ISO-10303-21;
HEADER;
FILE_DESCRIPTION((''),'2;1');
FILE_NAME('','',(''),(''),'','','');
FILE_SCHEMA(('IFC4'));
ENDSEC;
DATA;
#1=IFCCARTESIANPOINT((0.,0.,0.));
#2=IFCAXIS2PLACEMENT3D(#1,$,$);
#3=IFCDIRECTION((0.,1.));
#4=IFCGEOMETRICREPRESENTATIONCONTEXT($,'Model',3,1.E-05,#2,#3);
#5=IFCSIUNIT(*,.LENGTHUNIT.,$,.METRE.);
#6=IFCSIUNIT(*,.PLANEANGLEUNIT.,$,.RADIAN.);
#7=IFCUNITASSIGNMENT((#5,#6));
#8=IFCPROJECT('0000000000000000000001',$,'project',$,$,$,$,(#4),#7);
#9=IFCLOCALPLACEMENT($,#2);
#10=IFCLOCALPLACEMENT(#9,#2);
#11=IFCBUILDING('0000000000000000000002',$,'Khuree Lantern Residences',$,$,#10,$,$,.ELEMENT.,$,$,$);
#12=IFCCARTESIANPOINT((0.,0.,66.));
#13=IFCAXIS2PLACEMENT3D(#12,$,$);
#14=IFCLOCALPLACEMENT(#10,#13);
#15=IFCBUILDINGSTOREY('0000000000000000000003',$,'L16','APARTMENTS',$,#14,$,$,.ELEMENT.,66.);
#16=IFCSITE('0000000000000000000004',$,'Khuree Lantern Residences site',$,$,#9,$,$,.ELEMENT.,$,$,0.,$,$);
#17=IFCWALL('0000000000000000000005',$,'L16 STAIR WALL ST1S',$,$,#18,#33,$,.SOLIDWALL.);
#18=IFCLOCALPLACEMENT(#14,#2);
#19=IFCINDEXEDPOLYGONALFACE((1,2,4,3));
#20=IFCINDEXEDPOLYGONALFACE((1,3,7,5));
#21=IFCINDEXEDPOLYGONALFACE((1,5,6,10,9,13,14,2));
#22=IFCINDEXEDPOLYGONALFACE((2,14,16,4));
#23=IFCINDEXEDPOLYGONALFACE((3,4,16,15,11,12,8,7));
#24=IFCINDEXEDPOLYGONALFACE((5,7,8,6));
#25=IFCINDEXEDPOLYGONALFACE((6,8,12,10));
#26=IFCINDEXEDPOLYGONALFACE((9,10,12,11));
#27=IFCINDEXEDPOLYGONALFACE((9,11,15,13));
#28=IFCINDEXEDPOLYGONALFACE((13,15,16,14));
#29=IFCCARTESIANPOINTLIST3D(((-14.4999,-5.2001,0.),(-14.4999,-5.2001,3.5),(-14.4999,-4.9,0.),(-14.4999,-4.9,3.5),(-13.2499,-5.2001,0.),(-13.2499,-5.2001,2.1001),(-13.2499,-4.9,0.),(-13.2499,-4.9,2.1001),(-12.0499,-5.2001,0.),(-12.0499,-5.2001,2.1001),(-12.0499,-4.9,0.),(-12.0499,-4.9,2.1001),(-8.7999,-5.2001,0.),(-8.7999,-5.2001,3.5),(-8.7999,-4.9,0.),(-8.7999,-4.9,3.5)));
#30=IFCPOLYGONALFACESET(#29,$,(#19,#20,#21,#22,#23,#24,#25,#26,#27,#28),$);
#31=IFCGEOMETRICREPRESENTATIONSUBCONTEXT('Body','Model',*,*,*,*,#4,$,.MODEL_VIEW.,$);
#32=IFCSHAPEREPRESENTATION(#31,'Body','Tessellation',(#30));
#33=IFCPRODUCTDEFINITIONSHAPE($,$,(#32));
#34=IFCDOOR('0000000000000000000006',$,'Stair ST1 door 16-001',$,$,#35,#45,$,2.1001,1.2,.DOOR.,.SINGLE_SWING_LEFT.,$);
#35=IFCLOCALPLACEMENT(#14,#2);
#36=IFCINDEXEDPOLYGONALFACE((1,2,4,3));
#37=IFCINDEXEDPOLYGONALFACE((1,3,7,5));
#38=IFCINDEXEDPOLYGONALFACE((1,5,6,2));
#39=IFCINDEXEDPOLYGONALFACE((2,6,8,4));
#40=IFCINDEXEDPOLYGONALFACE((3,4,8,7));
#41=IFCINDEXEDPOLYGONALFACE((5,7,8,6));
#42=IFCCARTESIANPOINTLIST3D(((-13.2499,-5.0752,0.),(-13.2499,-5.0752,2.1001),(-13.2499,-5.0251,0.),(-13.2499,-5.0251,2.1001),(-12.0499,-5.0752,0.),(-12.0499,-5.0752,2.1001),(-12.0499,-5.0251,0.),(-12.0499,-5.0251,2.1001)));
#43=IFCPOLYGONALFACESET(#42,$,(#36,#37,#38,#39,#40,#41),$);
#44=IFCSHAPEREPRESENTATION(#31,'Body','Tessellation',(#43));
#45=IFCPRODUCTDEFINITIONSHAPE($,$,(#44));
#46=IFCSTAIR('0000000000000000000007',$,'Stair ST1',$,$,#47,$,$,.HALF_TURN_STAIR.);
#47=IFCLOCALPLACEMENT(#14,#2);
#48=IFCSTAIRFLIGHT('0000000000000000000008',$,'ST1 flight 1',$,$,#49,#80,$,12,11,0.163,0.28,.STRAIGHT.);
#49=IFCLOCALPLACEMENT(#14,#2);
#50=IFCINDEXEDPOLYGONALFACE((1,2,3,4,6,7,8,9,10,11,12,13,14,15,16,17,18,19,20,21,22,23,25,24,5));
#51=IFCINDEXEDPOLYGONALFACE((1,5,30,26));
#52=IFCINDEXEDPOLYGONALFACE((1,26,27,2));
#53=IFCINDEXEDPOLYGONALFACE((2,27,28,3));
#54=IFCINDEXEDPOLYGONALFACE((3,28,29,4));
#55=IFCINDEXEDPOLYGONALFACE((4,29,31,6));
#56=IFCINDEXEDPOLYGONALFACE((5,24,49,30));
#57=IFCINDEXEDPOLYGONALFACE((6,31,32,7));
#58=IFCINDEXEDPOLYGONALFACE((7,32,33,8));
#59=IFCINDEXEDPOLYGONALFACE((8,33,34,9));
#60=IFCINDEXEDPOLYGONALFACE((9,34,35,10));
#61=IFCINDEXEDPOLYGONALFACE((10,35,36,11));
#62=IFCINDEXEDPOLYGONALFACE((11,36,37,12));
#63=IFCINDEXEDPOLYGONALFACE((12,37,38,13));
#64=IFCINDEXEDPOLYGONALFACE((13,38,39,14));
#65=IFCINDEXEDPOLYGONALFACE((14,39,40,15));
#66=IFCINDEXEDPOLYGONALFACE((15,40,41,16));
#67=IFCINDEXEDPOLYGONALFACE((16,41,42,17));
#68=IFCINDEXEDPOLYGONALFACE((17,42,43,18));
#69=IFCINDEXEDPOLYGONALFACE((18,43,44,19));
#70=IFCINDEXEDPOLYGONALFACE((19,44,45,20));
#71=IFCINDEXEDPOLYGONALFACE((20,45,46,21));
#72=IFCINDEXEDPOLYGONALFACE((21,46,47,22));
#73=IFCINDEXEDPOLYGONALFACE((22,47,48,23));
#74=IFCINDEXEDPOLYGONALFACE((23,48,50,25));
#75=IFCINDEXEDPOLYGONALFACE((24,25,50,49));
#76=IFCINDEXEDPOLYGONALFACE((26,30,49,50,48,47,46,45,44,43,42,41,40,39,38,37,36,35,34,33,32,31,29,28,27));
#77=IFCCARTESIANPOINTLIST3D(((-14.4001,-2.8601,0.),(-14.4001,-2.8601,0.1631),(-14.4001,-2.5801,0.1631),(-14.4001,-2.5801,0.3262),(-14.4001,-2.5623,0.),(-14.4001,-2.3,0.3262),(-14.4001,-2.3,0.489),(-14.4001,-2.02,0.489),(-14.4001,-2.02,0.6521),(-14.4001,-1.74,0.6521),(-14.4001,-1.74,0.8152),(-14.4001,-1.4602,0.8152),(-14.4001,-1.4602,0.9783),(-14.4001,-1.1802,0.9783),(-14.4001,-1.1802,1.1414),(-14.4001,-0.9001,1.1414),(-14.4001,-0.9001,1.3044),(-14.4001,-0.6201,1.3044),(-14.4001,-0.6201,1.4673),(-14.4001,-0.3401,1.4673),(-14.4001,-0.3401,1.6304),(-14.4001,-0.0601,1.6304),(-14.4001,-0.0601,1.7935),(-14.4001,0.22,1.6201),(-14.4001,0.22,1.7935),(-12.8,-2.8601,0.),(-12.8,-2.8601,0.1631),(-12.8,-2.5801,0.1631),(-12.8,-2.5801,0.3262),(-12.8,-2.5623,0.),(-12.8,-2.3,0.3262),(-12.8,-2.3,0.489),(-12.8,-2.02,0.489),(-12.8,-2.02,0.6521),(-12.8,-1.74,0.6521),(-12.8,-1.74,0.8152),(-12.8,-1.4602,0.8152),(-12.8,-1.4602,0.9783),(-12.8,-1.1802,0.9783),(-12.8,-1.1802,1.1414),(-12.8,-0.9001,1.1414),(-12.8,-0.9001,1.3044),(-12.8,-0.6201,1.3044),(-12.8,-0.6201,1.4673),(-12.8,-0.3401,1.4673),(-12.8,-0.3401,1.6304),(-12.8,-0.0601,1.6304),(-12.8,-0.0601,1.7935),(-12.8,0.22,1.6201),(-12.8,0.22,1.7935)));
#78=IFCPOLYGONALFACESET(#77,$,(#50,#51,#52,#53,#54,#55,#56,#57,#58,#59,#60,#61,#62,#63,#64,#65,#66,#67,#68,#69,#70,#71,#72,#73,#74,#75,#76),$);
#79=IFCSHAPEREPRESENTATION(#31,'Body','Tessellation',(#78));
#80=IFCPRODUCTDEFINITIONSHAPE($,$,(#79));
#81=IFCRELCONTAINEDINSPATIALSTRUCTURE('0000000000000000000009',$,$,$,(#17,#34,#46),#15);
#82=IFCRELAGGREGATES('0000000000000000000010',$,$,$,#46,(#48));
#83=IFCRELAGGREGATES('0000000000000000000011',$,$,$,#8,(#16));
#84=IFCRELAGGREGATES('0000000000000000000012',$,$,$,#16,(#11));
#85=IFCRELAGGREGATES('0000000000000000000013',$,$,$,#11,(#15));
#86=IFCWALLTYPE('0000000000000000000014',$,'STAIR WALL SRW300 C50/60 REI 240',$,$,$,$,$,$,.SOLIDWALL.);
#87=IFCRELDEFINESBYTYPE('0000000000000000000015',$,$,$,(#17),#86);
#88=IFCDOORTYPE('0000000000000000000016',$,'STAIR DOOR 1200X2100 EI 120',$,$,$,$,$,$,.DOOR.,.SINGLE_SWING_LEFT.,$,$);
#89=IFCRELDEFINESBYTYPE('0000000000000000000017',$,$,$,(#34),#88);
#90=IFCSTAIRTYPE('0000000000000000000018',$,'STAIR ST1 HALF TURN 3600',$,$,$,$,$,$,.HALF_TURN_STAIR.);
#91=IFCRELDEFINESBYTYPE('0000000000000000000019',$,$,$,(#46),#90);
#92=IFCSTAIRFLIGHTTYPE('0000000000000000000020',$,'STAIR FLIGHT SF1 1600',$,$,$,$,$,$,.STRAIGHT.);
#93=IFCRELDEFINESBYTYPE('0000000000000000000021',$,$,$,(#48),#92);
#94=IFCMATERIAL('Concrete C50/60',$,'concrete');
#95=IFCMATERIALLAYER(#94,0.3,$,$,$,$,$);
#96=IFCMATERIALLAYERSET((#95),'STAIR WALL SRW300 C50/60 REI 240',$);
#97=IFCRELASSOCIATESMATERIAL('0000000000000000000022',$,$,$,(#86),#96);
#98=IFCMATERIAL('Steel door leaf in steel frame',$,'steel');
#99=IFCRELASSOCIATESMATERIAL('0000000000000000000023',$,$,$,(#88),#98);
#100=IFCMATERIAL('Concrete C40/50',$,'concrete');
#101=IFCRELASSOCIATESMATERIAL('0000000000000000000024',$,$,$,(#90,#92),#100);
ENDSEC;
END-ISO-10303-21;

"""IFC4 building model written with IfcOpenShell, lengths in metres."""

from ifc_helpers import new_model, si_unit, direction, frame, frame_2d, origin, place, context, subcontext, project, spatial, polyline, rectangle, outline, extrude, material, layer, layer_set, type_object, element, fill, aggregate, save


model = new_model("IFC4")

# Units and contexts
model_context = context("Model", 3, precision=1e-05, world=origin(), true_north=direction((0.0, 1.0)))
body_context = subcontext(model_context, "Body", "Model", "MODEL_VIEW")
ifc_project = project(units=[si_unit("LENGTHUNIT", "METRE"), si_unit("PLANEANGLEUNIT", "RADIAN")], contexts=[model_context])

# Site, building, storey
site_placement = place(None, origin())
site = spatial("IfcSite", under=ifc_project, at=site_placement, Name="Khuree Lantern Residences site", CompositionType="ELEMENT", RefElevation=0.0)
building_placement = place(site_placement, origin())
building = spatial("IfcBuilding", under=site, at=building_placement, Name="Khuree Lantern Residences", CompositionType="ELEMENT")
storey_placement = place(building_placement, frame((0.0, 0.0, 66.0)))
storey = spatial("IfcBuildingStorey", under=building, at=storey_placement, Name="L16", Description="APARTMENTS", CompositionType="ELEMENT", Elevation=66.0)

# Shared definitions
ifc_material_1 = material(Name="Steel door leaf in steel frame", Category="steel")

# Shared definitions
ifc_material_2 = material(Name="Concrete C50/60", Category="concrete")
ifc_layer_1 = layer(ifc_material_2, 0.3)
ifc_layer_set_1 = layer_set([ifc_layer_1], Name="STAIR WALL SRW300 C50/60 REI 240")
wall_type_1 = type_object("IfcWallType", Name="STAIR WALL SRW300 C50/60 REI 240", PredefinedType="SOLIDWALL", material=ifc_layer_set_1)

# Wall, opening, door
wall_1_placement = place(storey_placement, frame((-14.5, -5.05, 0.0), z_axis=(0.0, 0.0, 1.0), x_axis=(1.0, 0.0, 0.0)))
wall_1 = element("IfcWall", 1, at=wall_1_placement, inside=storey, type_object=wall_type_1, Name="L16 STAIR WALL ST1S", PredefinedType="SOLIDWALL", context=body_context, shape_type="SweptSolid", body=[
    extrude(rectangle(XDim=5.7, YDim=0.3, at=frame_2d((2.8501, 0.0))), origin(), (0.0, 0.0, 1.0), 3.5),
])
opening_1_placement = place(wall_1_placement, frame((1.25, 0.0, 0.0)))
opening_1 = element("IfcOpeningElement", 2, at=opening_1_placement, cuts=wall_1, PredefinedType="OPENING", context=body_context, shape_type="SweptSolid", body=[
    extrude(rectangle(XDim=1.2, YDim=2.1001, at=frame_2d((0.6001, 1.05))), frame((0.0, 0.1602, 0.0), z_axis=(0.0, -1.0, 0.0), x_axis=(1.0, 0.0, 0.0)), (0.0, 0.0, 1.0), 0.3201),
])
door_type_1 = type_object("IfcDoorType", Name="STAIR DOOR 1200X2100 EI 120", OperationType="SINGLE_SWING_LEFT", PredefinedType="DOOR", material=ifc_material_1)
door_1_placement = place(opening_1_placement, origin())
door_1 = element("IfcDoor", 3, at=door_1_placement, inside=storey, type_object=door_type_1, Name="Stair ST1 door 16-001", OperationType="SINGLE_SWING_LEFT", OverallHeight=2.1001, OverallWidth=1.2, PredefinedType="DOOR", context=body_context, shape_type="SweptSolid", body=[
    extrude(rectangle(XDim=1.2, YDim=2.1001, at=frame_2d((0.6001, 1.05))), frame((0.0, 0.0249, 0.0), z_axis=(0.0, -1.0, 0.0), x_axis=(1.0, 0.0, 0.0)), (0.0, 0.0, 1.0), 0.05),
])
fill(opening_1, door_1)

# Stair, stair flight
ifc_material_3 = material(Name="Concrete C40/50", Category="concrete")
stair_type = type_object("IfcStairType", Name="STAIR ST1 HALF TURN 3600", PredefinedType="HALF_TURN_STAIR", material=ifc_material_3)
stair_placement = place(storey_placement, origin())
stair = element("IfcStair", 4, at=stair_placement, inside=storey, type_object=stair_type, Name="Stair ST1", PredefinedType="HALF_TURN_STAIR")
stair_flight_type = type_object("IfcStairFlightType", Name="STAIR FLIGHT SF1 1600", PredefinedType="STRAIGHT", material=ifc_material_3)
stair_flight_placement = place(storey_placement, frame((-13.6001, -2.8601, 0.0), z_axis=(0.0, 0.0, 1.0), x_axis=(0.0, 1.0, 0.0)))
stair_flight = element("IfcStairFlight", 5, at=stair_flight_placement, type_object=stair_flight_type, Name="ST1 flight 1", NumberOfRisers=12, NumberOfTreads=11, PredefinedType="STRAIGHT", RiserHeight=0.163, TreadLength=0.28, context=body_context, shape_type="SweptSolid", body=[
    extrude(outline(polyline([(0.0, 0.0), (0.0, 0.1631), (0.28, 0.1631), (0.28, 0.3262), (0.5601, 0.3262), (0.5601, 0.489), (0.8401, 0.489), (0.8401, 0.6521), (1.1201, 0.6521), (1.1201, 0.8152), (1.3999, 0.8152), (1.3999, 0.9783), (1.6799, 0.9783), (1.6799, 1.1414), (1.96, 1.1414), (1.96, 1.3044), (2.24, 1.3044), (2.24, 1.4673), (2.52, 1.4673), (2.52, 1.6304), (2.8, 1.6304), (2.8, 1.7935), (3.0801, 1.7935), (3.0801, 1.9565), (3.0801, 1.6201), (0.2979, 0.0), (0.0, 0.0)])), frame((0.0, 0.8, 0.0), z_axis=(0.0, -1.0, 0.0), x_axis=(1.0, 0.0, 0.0)), (0.0, 0.0, 1.0), 1.6001),
])
aggregate(stair, [stair_flight])

save(model, "model.ifc")
